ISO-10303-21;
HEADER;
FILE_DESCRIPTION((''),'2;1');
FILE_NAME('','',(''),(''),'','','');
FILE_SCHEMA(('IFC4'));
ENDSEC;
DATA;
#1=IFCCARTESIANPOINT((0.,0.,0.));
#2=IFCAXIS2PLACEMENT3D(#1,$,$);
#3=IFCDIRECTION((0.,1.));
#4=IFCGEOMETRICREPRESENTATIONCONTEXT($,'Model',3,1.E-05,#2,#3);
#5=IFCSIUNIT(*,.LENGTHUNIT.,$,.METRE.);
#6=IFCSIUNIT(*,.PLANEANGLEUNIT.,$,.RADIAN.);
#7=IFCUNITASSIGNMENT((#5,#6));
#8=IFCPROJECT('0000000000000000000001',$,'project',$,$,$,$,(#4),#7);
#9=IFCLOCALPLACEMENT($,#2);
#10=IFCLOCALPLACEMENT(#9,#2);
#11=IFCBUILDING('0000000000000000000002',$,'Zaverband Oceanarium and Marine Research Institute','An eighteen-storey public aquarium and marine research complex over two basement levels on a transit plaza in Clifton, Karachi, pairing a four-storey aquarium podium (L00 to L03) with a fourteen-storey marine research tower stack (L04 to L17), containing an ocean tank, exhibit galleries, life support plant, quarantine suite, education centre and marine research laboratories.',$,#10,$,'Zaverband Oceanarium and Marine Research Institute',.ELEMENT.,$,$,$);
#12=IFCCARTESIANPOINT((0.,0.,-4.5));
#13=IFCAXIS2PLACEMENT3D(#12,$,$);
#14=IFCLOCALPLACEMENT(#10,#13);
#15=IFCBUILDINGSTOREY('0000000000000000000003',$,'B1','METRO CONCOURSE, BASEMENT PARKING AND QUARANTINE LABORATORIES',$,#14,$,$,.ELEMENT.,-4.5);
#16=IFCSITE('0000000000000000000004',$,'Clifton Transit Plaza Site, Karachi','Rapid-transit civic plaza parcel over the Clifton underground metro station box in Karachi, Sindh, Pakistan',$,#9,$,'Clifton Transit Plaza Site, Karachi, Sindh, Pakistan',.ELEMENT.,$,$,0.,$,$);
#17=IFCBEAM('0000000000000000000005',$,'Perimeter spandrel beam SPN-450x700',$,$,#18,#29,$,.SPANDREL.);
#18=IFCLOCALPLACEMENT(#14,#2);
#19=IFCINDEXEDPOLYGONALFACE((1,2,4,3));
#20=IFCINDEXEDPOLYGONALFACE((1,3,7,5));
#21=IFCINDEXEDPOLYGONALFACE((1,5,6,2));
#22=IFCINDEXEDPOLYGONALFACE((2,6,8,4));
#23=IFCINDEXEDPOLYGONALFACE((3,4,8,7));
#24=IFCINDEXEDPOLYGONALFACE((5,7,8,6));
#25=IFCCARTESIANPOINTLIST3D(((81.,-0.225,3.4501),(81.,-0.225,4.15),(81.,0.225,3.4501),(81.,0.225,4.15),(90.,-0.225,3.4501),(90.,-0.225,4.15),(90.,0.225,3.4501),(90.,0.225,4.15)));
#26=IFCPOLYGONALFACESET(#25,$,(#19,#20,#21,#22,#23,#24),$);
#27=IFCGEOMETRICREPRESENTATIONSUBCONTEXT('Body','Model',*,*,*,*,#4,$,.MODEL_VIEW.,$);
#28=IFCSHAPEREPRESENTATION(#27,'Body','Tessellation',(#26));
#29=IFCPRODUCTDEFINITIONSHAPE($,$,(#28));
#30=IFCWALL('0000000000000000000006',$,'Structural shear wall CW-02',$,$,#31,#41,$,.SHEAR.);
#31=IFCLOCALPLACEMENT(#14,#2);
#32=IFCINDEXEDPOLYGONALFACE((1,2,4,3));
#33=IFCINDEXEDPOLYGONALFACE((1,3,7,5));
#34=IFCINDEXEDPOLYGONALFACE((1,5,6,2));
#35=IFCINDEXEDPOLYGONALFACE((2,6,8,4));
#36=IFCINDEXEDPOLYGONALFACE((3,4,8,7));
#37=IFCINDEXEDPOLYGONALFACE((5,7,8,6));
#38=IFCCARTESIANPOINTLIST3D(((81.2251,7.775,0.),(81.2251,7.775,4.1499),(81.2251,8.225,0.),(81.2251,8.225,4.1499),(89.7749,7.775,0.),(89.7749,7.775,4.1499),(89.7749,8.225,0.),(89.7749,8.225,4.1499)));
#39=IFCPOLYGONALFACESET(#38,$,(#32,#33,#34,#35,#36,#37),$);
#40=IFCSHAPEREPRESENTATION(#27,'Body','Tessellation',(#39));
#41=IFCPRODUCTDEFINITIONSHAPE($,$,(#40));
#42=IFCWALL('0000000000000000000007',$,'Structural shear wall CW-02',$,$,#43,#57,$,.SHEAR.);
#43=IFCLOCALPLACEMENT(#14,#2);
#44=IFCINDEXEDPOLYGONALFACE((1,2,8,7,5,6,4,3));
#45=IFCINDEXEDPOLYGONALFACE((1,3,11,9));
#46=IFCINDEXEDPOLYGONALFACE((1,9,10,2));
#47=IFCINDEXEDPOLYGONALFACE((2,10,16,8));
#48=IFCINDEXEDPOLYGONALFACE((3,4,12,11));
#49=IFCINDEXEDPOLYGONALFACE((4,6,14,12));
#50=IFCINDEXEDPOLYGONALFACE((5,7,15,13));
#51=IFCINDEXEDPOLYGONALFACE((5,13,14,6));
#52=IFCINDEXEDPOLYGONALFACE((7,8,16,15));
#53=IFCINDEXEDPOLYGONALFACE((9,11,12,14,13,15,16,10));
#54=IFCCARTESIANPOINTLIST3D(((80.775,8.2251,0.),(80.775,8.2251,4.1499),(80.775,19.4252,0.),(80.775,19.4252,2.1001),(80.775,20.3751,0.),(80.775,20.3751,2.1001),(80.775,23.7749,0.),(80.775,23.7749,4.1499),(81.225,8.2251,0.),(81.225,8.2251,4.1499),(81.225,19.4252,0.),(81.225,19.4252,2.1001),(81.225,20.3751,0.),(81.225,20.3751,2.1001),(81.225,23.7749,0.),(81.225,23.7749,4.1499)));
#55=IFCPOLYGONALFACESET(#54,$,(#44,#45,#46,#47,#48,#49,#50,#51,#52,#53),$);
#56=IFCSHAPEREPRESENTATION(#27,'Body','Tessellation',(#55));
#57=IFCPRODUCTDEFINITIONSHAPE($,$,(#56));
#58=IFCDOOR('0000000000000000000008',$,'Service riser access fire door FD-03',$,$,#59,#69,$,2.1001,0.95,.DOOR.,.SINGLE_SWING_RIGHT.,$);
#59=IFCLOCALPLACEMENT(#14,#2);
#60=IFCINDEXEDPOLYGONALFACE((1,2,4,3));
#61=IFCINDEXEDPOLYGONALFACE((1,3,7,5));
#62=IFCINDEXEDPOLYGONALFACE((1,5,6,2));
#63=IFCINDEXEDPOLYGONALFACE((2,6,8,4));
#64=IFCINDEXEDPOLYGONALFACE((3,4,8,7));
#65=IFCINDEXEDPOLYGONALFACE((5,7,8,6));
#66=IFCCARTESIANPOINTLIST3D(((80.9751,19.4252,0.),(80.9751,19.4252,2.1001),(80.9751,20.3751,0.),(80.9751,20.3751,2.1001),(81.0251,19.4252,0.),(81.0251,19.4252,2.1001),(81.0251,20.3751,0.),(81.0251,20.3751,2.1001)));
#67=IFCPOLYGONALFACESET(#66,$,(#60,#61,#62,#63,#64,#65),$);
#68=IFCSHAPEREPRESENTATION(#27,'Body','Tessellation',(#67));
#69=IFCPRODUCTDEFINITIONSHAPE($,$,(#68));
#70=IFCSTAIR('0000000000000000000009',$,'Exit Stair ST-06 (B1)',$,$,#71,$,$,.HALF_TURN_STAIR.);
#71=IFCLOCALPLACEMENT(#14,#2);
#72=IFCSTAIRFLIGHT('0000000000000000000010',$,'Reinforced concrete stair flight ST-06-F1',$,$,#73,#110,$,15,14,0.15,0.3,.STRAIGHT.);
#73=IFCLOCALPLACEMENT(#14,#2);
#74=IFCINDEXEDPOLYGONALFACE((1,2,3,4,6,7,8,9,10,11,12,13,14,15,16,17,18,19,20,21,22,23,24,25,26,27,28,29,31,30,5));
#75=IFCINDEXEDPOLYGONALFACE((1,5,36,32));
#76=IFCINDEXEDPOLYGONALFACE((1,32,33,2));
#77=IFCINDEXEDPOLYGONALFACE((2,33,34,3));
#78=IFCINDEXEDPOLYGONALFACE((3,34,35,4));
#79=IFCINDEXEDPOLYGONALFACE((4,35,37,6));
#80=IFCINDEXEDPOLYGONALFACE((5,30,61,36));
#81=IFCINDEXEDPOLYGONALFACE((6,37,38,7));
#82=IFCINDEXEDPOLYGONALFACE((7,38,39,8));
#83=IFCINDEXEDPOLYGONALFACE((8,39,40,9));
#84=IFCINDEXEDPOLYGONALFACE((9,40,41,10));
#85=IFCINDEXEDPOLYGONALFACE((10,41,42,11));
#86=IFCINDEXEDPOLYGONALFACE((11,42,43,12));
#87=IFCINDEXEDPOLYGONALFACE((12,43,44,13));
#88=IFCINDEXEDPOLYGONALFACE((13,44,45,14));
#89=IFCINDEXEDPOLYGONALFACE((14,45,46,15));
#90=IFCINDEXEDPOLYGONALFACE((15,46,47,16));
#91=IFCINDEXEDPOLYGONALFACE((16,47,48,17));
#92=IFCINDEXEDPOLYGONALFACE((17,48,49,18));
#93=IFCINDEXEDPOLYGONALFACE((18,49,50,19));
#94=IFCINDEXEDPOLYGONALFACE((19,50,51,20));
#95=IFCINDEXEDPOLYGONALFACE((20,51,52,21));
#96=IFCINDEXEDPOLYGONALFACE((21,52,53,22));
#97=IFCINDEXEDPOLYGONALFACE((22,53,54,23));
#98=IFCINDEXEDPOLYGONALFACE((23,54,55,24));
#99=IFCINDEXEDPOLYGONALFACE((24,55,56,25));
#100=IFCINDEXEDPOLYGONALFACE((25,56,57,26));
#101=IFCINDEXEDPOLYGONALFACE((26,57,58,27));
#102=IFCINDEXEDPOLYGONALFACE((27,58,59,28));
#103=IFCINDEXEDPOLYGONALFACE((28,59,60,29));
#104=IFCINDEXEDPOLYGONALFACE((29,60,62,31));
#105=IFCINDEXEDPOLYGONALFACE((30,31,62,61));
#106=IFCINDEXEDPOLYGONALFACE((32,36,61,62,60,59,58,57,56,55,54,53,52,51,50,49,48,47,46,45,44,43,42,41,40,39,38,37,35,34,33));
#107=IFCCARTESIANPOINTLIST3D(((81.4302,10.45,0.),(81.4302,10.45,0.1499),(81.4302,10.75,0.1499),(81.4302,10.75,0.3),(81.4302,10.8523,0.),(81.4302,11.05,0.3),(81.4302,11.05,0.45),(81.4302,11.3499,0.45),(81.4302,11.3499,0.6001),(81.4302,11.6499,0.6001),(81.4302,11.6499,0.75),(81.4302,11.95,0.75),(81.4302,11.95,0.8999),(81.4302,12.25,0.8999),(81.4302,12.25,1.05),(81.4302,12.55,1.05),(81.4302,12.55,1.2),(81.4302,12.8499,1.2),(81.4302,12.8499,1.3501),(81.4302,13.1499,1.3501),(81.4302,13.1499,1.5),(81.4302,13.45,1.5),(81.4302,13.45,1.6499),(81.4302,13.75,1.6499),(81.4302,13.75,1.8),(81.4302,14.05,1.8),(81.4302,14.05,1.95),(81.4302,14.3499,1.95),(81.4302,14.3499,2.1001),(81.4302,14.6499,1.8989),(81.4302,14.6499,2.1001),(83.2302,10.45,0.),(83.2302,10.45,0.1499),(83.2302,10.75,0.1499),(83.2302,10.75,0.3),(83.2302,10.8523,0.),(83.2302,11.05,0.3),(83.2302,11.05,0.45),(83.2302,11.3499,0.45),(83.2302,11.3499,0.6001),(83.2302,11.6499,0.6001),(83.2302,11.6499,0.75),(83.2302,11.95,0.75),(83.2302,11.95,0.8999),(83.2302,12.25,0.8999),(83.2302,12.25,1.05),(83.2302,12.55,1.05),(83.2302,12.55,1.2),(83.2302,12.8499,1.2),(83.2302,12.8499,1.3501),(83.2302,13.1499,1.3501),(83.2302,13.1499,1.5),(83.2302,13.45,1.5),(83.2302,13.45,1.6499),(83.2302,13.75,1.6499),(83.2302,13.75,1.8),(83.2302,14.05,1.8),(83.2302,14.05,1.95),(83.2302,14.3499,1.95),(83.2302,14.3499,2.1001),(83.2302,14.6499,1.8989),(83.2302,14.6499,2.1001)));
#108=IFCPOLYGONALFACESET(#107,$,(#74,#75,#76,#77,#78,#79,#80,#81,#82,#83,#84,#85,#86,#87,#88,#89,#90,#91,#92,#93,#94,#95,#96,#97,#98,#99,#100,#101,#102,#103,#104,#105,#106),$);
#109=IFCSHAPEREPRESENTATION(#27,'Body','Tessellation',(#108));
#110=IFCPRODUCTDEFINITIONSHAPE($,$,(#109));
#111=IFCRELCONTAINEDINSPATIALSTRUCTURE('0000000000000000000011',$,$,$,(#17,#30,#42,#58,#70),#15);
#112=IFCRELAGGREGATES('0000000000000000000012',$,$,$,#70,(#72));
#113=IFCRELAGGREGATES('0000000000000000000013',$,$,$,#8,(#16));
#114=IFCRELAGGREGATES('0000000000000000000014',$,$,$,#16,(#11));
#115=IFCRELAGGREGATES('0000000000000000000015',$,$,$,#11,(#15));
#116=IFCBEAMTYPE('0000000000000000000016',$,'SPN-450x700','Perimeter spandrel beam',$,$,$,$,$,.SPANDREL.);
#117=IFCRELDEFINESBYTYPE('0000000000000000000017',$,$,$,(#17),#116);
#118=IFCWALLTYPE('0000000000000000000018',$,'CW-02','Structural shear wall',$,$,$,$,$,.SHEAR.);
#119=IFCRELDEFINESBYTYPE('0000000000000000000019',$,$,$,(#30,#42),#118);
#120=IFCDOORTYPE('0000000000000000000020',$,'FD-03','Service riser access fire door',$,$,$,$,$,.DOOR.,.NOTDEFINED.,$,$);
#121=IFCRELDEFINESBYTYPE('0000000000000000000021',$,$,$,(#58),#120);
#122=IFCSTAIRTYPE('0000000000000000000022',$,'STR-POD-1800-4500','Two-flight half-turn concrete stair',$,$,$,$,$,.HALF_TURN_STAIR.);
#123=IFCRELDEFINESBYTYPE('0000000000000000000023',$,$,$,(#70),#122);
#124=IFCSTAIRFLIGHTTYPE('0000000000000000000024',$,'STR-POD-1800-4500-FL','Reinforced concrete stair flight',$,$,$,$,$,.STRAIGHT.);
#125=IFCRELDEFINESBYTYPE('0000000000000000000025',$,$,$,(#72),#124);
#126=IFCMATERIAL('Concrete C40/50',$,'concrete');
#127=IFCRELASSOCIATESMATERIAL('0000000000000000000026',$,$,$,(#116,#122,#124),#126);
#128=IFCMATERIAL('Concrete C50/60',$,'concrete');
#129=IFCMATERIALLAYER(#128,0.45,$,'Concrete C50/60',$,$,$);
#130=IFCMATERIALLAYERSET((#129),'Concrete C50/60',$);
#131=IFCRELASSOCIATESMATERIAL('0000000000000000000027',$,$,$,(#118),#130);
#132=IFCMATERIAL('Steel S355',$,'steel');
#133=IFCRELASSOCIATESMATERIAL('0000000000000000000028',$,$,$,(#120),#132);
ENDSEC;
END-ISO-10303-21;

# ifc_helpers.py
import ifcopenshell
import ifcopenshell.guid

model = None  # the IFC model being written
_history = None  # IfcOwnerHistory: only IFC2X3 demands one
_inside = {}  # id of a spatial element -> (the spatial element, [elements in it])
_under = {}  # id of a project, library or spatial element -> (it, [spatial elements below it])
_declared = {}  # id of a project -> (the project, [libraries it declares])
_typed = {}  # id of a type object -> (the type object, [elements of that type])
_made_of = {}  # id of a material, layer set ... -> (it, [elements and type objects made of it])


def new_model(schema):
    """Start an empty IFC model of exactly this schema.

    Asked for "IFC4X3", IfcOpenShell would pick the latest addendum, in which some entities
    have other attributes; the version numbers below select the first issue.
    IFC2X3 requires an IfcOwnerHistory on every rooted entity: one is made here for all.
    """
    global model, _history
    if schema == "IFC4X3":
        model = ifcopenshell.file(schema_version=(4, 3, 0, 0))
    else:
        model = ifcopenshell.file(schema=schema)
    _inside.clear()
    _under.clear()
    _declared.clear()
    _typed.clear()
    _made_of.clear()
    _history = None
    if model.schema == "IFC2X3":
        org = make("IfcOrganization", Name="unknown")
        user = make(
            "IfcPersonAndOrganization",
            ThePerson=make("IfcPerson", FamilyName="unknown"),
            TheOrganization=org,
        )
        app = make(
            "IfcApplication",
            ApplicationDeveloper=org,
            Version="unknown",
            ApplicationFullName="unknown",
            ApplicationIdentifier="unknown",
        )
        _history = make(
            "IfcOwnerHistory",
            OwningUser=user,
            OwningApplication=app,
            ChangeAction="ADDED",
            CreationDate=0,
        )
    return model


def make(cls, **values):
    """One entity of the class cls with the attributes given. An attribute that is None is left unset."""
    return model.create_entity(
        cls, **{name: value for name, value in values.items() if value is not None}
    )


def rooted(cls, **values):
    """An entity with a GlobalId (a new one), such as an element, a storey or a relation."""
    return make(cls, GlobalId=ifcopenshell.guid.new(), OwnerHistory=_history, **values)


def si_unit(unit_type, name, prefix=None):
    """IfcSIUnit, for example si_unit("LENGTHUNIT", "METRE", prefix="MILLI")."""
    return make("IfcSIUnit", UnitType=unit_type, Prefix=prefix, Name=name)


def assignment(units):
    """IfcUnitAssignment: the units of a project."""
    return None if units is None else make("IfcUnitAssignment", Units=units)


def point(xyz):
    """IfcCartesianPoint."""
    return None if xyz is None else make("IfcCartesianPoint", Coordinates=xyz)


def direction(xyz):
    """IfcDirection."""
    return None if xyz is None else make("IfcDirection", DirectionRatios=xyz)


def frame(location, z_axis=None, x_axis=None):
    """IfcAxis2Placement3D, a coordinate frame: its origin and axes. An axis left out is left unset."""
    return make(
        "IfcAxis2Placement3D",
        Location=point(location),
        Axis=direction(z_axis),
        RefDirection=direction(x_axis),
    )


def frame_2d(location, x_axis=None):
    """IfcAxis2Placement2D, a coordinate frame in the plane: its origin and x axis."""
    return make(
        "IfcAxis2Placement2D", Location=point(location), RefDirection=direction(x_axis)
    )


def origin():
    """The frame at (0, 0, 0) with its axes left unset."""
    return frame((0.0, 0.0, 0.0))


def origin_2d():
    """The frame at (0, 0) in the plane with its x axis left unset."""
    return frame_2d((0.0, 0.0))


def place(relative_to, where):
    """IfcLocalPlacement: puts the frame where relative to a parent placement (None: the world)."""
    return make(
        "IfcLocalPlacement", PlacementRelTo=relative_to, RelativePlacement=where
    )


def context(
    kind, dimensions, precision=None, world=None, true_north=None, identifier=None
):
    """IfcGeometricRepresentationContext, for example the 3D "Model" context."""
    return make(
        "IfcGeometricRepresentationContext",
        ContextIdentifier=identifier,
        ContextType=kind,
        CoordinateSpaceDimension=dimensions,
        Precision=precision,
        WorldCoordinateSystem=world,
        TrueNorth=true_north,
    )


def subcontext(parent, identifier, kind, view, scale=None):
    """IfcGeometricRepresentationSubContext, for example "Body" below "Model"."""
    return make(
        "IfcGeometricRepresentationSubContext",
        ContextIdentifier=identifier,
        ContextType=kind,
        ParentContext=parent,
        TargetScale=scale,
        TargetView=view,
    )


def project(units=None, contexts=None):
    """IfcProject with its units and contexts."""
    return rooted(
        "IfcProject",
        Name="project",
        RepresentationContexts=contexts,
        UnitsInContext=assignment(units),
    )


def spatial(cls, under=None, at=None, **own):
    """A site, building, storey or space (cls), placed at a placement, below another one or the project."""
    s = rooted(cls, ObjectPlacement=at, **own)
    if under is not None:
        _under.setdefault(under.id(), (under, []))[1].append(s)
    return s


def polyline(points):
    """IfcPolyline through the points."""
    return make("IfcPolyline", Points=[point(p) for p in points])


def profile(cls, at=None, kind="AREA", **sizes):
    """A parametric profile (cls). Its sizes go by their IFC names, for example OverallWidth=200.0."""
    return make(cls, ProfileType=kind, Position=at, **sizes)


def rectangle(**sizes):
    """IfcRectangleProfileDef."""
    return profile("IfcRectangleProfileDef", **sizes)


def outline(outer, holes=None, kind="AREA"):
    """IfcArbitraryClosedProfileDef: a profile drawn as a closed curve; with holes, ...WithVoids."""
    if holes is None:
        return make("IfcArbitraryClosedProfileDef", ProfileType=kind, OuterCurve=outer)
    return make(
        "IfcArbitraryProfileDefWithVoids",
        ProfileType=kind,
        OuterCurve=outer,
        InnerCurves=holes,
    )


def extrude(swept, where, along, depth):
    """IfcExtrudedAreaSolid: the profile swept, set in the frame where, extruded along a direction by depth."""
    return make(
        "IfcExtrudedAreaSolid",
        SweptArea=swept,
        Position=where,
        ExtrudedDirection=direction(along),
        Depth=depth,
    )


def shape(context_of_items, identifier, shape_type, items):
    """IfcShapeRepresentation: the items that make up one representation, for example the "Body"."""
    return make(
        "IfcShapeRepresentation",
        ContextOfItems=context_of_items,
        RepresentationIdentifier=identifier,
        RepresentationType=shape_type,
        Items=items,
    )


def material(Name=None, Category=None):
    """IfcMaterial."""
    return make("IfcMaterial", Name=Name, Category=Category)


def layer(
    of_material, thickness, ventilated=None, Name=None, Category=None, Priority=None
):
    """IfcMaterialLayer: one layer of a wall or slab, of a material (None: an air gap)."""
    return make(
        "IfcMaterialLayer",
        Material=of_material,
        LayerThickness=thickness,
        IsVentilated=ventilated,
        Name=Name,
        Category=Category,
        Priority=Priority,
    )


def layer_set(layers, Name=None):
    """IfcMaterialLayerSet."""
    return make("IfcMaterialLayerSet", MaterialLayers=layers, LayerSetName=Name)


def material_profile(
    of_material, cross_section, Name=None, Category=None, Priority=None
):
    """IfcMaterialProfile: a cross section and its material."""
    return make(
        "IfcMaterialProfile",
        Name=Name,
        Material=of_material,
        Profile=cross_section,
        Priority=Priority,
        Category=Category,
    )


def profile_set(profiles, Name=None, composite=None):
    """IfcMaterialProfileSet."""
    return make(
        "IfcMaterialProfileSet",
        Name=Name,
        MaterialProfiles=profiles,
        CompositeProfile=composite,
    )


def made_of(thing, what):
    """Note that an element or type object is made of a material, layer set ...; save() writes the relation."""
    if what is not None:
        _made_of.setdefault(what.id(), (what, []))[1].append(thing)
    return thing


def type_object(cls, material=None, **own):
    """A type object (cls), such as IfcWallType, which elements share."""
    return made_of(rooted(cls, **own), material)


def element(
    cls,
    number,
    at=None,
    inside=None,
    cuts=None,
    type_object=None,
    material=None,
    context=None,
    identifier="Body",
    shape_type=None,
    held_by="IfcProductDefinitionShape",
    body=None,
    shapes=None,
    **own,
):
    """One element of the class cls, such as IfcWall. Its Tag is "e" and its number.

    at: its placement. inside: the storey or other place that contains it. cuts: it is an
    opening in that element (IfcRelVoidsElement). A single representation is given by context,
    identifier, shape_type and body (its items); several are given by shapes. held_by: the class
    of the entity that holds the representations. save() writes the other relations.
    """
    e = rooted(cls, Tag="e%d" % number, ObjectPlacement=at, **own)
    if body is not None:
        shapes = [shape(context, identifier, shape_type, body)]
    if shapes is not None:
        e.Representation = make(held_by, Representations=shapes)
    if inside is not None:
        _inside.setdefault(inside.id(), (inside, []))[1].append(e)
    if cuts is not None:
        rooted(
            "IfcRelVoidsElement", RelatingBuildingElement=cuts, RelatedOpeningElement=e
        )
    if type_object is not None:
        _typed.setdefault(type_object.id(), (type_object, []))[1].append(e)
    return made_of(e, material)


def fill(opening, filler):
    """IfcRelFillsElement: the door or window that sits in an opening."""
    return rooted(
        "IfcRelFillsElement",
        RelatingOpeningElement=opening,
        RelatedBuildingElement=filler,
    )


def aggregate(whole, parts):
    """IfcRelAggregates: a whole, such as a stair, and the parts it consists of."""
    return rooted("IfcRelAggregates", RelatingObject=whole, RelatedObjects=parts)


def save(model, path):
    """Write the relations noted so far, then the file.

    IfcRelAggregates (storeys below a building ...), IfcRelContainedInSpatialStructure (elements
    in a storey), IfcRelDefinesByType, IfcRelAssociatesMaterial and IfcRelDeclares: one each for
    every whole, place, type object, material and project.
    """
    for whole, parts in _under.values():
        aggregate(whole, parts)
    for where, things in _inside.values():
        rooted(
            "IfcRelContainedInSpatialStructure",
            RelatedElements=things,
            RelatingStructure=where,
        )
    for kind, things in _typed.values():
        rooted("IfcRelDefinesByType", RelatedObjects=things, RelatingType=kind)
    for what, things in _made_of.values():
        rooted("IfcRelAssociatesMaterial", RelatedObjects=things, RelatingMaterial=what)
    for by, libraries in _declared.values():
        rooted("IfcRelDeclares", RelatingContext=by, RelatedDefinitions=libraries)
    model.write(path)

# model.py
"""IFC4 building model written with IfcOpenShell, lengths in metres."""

from ifc_helpers import new_model, si_unit, direction, frame, frame_2d, origin, origin_2d, place, context, subcontext, project, spatial, polyline, rectangle, outline, extrude, material, layer, layer_set, material_profile, profile_set, type_object, element, fill, aggregate, save


model = new_model("IFC4")

# Units and contexts
model_context = context("Model", 3, precision=1e-05, world=origin(), true_north=direction((0.0, 1.0)))
body_context = subcontext(model_context, "Body", "Model", "MODEL_VIEW")
ifc_project = project(units=[si_unit("LENGTHUNIT", "METRE"), si_unit("PLANEANGLEUNIT", "RADIAN")], contexts=[model_context])

# Site, building, storey
site_placement = place(None, origin())
site = spatial("IfcSite", under=ifc_project, at=site_placement, Name="Clifton Transit Plaza Site, Karachi", Description="Rapid-transit civic plaza parcel over the Clifton underground metro station box in Karachi, Sindh, Pakistan", LongName="Clifton Transit Plaza Site, Karachi, Sindh, Pakistan", CompositionType="ELEMENT", RefElevation=0.0)
building_placement = place(site_placement, origin())
building = spatial("IfcBuilding", under=site, at=building_placement, Name="Zaverband Oceanarium and Marine Research Institute", Description="An eighteen-storey public aquarium and marine research complex over two basement levels on a transit plaza in Clifton, Karachi, pairing a four-storey aquarium podium (L00 to L03) with a fourteen-storey marine research tower stack (L04 to L17), containing an ocean tank, exhibit galleries, life support plant, quarantine suite, education centre and marine research laboratories.", LongName="Zaverband Oceanarium and Marine Research Institute", CompositionType="ELEMENT")
storey_placement = place(building_placement, frame((0.0, 0.0, -4.5)))
storey = spatial("IfcBuildingStorey", under=building, at=storey_placement, Name="B1", Description="METRO CONCOURSE, BASEMENT PARKING AND QUARANTINE LABORATORIES", CompositionType="ELEMENT", Elevation=-4.5)

# Shared definitions
ifc_material_1 = material(Name="Concrete C50/60", Category="concrete")
ifc_material_2 = material(Name="Concrete C40/50", Category="concrete")

# Beam
ifc_material_profile_1 = material_profile(ifc_material_2, rectangle(XDim=0.45, YDim=0.7, at=origin_2d()), Name="RC450x700")
ifc_profile_set_1 = profile_set([ifc_material_profile_1], Name="Concrete C40/50")
beam_type_1 = type_object("IfcBeamType", Name="SPN-450x700", Description="Perimeter spandrel beam", PredefinedType="SPANDREL", material=ifc_profile_set_1)
for number, where, z_axis, x_axis, name in (
    (1, (81.0, 0.0, 3.8), (1.0, 0.0, 0.0), (0.0, 1.0, 0.0), "Perimeter spandrel beam SPN-450x700"),
):
    element("IfcBeam", number, at=place(storey_placement, frame(where, z_axis=z_axis, x_axis=x_axis)), inside=storey, type_object=beam_type_1, Name=name, PredefinedType="SPANDREL", context=body_context, shape_type="SweptSolid", body=[
        extrude(rectangle(XDim=0.45, YDim=0.7, at=origin_2d()), origin(), (0.0, 0.0, 1.0), 9.0),
    ])

# Wall
ifc_layer_1 = layer(ifc_material_1, 0.45, Name="Concrete C50/60")
ifc_layer_set_1 = layer_set([ifc_layer_1], Name="Concrete C50/60")
wall_type = type_object("IfcWallType", Name="CW-02", Description="Structural shear wall", PredefinedType="SHEAR", material=ifc_layer_set_1)
wall_1_placement = place(storey_placement, frame((81.2251, 8.0, 0.0), z_axis=(0.0, 0.0, 1.0), x_axis=(1.0, 0.0, 0.0)))
element("IfcWall", 2, at=wall_1_placement, inside=storey, type_object=wall_type, Name="Structural shear wall CW-02", PredefinedType="SHEAR", context=body_context, shape_type="SweptSolid", body=[
    extrude(rectangle(XDim=8.5498, YDim=0.45, at=frame_2d((4.2749, 0.0))), origin(), (0.0, 0.0, 1.0), 4.1499),
])

# Wall, opening, door
wall_2_placement = place(storey_placement, frame((81.0, 8.2251, 0.0), z_axis=(0.0, 0.0, 1.0), x_axis=(0.0, 1.0, 0.0)))
wall_2 = element("IfcWall", 3, at=wall_2_placement, inside=storey, type_object=wall_type, Name="Structural shear wall CW-02", PredefinedType="SHEAR", context=body_context, shape_type="SweptSolid", body=[
    extrude(rectangle(XDim=15.5498, YDim=0.45, at=frame_2d((7.7749, 0.0))), origin(), (0.0, 0.0, 1.0), 4.1499),
])
opening_placement = place(wall_2_placement, frame((11.2, 0.0, 0.0)))
opening = element("IfcOpeningElement", 4, at=opening_placement, cuts=wall_2, PredefinedType="OPENING", context=body_context, shape_type="SweptSolid", body=[
    extrude(rectangle(XDim=0.95, YDim=2.1001, at=frame_2d((0.4751, 1.05))), frame((0.0, 0.2368, 0.0), z_axis=(0.0, -1.0, 0.0), x_axis=(1.0, 0.0, 0.0)), (0.0, 0.0, 1.0), 0.4739),
])
ifc_material_3 = material(Name="Steel S355", Category="steel")
door_type = type_object("IfcDoorType", Name="FD-03", Description="Service riser access fire door", OperationType="NOTDEFINED", PredefinedType="DOOR", material=ifc_material_3)
door_placement = place(opening_placement, origin())
door = element("IfcDoor", 5, at=door_placement, inside=storey, type_object=door_type, Name="Service riser access fire door FD-03", OperationType="SINGLE_SWING_RIGHT", OverallHeight=2.1001, OverallWidth=0.95, PredefinedType="DOOR", context=body_context, shape_type="SweptSolid", body=[
    extrude(rectangle(XDim=0.95, YDim=2.1001, at=frame_2d((0.4751, 1.05))), frame((0.0, 0.0249, 0.0), z_axis=(0.0, -1.0, 0.0), x_axis=(1.0, 0.0, 0.0)), (0.0, 0.0, 1.0), 0.05),
])
fill(opening, door)

# Stair, stair flight
stair_type = type_object("IfcStairType", Name="STR-POD-1800-4500", Description="Two-flight half-turn concrete stair", PredefinedType="HALF_TURN_STAIR", material=ifc_material_2)
stair_placement = place(storey_placement, origin())
stair = element("IfcStair", 6, at=stair_placement, inside=storey, type_object=stair_type, Name="Exit Stair ST-06 (B1)", PredefinedType="HALF_TURN_STAIR")
stair_flight_type = type_object("IfcStairFlightType", Name="STR-POD-1800-4500-FL", Description="Reinforced concrete stair flight", PredefinedType="STRAIGHT", material=ifc_material_2)
stair_flight_placement = place(storey_placement, frame((82.3301, 10.45, 0.0), z_axis=(0.0, 0.0, 1.0), x_axis=(0.0, 1.0, 0.0)))
stair_flight = element("IfcStairFlight", 7, at=stair_flight_placement, type_object=stair_flight_type, Name="Reinforced concrete stair flight ST-06-F1", NumberOfRisers=15, NumberOfTreads=14, PredefinedType="STRAIGHT", RiserHeight=0.15, TreadLength=0.3, context=body_context, shape_type="SweptSolid", body=[
    extrude(outline(polyline([(0.0, 0.0), (0.0, 0.1499), (0.3, 0.1499), (0.3, 0.3), (0.6001, 0.3), (0.6001, 0.45), (0.8999, 0.45), (0.8999, 0.6001), (1.2, 0.6001), (1.2, 0.75), (1.5, 0.75), (1.5, 0.8999), (1.8, 0.8999), (1.8, 1.05), (2.1001, 1.05), (2.1001, 1.2), (2.3999, 1.2), (2.3999, 1.3501), (2.7, 1.3501), (2.7, 1.5), (3.0, 1.5), (3.0, 1.6499), (3.3, 1.6499), (3.3, 1.8), (3.6001, 1.8), (3.6001, 1.95), (3.8999, 1.95), (3.8999, 2.1001), (4.2, 2.1001), (4.2, 2.25), (4.2, 1.8989), (0.4023, 0.0), (0.0, 0.0)])), frame((0.0, 0.8999, 0.0), z_axis=(0.0, -1.0, 0.0), x_axis=(1.0, 0.0, 0.0)), (0.0, 0.0, 1.0), 1.8),
])
aggregate(stair, [stair_flight])

save(model, "model.ifc")
